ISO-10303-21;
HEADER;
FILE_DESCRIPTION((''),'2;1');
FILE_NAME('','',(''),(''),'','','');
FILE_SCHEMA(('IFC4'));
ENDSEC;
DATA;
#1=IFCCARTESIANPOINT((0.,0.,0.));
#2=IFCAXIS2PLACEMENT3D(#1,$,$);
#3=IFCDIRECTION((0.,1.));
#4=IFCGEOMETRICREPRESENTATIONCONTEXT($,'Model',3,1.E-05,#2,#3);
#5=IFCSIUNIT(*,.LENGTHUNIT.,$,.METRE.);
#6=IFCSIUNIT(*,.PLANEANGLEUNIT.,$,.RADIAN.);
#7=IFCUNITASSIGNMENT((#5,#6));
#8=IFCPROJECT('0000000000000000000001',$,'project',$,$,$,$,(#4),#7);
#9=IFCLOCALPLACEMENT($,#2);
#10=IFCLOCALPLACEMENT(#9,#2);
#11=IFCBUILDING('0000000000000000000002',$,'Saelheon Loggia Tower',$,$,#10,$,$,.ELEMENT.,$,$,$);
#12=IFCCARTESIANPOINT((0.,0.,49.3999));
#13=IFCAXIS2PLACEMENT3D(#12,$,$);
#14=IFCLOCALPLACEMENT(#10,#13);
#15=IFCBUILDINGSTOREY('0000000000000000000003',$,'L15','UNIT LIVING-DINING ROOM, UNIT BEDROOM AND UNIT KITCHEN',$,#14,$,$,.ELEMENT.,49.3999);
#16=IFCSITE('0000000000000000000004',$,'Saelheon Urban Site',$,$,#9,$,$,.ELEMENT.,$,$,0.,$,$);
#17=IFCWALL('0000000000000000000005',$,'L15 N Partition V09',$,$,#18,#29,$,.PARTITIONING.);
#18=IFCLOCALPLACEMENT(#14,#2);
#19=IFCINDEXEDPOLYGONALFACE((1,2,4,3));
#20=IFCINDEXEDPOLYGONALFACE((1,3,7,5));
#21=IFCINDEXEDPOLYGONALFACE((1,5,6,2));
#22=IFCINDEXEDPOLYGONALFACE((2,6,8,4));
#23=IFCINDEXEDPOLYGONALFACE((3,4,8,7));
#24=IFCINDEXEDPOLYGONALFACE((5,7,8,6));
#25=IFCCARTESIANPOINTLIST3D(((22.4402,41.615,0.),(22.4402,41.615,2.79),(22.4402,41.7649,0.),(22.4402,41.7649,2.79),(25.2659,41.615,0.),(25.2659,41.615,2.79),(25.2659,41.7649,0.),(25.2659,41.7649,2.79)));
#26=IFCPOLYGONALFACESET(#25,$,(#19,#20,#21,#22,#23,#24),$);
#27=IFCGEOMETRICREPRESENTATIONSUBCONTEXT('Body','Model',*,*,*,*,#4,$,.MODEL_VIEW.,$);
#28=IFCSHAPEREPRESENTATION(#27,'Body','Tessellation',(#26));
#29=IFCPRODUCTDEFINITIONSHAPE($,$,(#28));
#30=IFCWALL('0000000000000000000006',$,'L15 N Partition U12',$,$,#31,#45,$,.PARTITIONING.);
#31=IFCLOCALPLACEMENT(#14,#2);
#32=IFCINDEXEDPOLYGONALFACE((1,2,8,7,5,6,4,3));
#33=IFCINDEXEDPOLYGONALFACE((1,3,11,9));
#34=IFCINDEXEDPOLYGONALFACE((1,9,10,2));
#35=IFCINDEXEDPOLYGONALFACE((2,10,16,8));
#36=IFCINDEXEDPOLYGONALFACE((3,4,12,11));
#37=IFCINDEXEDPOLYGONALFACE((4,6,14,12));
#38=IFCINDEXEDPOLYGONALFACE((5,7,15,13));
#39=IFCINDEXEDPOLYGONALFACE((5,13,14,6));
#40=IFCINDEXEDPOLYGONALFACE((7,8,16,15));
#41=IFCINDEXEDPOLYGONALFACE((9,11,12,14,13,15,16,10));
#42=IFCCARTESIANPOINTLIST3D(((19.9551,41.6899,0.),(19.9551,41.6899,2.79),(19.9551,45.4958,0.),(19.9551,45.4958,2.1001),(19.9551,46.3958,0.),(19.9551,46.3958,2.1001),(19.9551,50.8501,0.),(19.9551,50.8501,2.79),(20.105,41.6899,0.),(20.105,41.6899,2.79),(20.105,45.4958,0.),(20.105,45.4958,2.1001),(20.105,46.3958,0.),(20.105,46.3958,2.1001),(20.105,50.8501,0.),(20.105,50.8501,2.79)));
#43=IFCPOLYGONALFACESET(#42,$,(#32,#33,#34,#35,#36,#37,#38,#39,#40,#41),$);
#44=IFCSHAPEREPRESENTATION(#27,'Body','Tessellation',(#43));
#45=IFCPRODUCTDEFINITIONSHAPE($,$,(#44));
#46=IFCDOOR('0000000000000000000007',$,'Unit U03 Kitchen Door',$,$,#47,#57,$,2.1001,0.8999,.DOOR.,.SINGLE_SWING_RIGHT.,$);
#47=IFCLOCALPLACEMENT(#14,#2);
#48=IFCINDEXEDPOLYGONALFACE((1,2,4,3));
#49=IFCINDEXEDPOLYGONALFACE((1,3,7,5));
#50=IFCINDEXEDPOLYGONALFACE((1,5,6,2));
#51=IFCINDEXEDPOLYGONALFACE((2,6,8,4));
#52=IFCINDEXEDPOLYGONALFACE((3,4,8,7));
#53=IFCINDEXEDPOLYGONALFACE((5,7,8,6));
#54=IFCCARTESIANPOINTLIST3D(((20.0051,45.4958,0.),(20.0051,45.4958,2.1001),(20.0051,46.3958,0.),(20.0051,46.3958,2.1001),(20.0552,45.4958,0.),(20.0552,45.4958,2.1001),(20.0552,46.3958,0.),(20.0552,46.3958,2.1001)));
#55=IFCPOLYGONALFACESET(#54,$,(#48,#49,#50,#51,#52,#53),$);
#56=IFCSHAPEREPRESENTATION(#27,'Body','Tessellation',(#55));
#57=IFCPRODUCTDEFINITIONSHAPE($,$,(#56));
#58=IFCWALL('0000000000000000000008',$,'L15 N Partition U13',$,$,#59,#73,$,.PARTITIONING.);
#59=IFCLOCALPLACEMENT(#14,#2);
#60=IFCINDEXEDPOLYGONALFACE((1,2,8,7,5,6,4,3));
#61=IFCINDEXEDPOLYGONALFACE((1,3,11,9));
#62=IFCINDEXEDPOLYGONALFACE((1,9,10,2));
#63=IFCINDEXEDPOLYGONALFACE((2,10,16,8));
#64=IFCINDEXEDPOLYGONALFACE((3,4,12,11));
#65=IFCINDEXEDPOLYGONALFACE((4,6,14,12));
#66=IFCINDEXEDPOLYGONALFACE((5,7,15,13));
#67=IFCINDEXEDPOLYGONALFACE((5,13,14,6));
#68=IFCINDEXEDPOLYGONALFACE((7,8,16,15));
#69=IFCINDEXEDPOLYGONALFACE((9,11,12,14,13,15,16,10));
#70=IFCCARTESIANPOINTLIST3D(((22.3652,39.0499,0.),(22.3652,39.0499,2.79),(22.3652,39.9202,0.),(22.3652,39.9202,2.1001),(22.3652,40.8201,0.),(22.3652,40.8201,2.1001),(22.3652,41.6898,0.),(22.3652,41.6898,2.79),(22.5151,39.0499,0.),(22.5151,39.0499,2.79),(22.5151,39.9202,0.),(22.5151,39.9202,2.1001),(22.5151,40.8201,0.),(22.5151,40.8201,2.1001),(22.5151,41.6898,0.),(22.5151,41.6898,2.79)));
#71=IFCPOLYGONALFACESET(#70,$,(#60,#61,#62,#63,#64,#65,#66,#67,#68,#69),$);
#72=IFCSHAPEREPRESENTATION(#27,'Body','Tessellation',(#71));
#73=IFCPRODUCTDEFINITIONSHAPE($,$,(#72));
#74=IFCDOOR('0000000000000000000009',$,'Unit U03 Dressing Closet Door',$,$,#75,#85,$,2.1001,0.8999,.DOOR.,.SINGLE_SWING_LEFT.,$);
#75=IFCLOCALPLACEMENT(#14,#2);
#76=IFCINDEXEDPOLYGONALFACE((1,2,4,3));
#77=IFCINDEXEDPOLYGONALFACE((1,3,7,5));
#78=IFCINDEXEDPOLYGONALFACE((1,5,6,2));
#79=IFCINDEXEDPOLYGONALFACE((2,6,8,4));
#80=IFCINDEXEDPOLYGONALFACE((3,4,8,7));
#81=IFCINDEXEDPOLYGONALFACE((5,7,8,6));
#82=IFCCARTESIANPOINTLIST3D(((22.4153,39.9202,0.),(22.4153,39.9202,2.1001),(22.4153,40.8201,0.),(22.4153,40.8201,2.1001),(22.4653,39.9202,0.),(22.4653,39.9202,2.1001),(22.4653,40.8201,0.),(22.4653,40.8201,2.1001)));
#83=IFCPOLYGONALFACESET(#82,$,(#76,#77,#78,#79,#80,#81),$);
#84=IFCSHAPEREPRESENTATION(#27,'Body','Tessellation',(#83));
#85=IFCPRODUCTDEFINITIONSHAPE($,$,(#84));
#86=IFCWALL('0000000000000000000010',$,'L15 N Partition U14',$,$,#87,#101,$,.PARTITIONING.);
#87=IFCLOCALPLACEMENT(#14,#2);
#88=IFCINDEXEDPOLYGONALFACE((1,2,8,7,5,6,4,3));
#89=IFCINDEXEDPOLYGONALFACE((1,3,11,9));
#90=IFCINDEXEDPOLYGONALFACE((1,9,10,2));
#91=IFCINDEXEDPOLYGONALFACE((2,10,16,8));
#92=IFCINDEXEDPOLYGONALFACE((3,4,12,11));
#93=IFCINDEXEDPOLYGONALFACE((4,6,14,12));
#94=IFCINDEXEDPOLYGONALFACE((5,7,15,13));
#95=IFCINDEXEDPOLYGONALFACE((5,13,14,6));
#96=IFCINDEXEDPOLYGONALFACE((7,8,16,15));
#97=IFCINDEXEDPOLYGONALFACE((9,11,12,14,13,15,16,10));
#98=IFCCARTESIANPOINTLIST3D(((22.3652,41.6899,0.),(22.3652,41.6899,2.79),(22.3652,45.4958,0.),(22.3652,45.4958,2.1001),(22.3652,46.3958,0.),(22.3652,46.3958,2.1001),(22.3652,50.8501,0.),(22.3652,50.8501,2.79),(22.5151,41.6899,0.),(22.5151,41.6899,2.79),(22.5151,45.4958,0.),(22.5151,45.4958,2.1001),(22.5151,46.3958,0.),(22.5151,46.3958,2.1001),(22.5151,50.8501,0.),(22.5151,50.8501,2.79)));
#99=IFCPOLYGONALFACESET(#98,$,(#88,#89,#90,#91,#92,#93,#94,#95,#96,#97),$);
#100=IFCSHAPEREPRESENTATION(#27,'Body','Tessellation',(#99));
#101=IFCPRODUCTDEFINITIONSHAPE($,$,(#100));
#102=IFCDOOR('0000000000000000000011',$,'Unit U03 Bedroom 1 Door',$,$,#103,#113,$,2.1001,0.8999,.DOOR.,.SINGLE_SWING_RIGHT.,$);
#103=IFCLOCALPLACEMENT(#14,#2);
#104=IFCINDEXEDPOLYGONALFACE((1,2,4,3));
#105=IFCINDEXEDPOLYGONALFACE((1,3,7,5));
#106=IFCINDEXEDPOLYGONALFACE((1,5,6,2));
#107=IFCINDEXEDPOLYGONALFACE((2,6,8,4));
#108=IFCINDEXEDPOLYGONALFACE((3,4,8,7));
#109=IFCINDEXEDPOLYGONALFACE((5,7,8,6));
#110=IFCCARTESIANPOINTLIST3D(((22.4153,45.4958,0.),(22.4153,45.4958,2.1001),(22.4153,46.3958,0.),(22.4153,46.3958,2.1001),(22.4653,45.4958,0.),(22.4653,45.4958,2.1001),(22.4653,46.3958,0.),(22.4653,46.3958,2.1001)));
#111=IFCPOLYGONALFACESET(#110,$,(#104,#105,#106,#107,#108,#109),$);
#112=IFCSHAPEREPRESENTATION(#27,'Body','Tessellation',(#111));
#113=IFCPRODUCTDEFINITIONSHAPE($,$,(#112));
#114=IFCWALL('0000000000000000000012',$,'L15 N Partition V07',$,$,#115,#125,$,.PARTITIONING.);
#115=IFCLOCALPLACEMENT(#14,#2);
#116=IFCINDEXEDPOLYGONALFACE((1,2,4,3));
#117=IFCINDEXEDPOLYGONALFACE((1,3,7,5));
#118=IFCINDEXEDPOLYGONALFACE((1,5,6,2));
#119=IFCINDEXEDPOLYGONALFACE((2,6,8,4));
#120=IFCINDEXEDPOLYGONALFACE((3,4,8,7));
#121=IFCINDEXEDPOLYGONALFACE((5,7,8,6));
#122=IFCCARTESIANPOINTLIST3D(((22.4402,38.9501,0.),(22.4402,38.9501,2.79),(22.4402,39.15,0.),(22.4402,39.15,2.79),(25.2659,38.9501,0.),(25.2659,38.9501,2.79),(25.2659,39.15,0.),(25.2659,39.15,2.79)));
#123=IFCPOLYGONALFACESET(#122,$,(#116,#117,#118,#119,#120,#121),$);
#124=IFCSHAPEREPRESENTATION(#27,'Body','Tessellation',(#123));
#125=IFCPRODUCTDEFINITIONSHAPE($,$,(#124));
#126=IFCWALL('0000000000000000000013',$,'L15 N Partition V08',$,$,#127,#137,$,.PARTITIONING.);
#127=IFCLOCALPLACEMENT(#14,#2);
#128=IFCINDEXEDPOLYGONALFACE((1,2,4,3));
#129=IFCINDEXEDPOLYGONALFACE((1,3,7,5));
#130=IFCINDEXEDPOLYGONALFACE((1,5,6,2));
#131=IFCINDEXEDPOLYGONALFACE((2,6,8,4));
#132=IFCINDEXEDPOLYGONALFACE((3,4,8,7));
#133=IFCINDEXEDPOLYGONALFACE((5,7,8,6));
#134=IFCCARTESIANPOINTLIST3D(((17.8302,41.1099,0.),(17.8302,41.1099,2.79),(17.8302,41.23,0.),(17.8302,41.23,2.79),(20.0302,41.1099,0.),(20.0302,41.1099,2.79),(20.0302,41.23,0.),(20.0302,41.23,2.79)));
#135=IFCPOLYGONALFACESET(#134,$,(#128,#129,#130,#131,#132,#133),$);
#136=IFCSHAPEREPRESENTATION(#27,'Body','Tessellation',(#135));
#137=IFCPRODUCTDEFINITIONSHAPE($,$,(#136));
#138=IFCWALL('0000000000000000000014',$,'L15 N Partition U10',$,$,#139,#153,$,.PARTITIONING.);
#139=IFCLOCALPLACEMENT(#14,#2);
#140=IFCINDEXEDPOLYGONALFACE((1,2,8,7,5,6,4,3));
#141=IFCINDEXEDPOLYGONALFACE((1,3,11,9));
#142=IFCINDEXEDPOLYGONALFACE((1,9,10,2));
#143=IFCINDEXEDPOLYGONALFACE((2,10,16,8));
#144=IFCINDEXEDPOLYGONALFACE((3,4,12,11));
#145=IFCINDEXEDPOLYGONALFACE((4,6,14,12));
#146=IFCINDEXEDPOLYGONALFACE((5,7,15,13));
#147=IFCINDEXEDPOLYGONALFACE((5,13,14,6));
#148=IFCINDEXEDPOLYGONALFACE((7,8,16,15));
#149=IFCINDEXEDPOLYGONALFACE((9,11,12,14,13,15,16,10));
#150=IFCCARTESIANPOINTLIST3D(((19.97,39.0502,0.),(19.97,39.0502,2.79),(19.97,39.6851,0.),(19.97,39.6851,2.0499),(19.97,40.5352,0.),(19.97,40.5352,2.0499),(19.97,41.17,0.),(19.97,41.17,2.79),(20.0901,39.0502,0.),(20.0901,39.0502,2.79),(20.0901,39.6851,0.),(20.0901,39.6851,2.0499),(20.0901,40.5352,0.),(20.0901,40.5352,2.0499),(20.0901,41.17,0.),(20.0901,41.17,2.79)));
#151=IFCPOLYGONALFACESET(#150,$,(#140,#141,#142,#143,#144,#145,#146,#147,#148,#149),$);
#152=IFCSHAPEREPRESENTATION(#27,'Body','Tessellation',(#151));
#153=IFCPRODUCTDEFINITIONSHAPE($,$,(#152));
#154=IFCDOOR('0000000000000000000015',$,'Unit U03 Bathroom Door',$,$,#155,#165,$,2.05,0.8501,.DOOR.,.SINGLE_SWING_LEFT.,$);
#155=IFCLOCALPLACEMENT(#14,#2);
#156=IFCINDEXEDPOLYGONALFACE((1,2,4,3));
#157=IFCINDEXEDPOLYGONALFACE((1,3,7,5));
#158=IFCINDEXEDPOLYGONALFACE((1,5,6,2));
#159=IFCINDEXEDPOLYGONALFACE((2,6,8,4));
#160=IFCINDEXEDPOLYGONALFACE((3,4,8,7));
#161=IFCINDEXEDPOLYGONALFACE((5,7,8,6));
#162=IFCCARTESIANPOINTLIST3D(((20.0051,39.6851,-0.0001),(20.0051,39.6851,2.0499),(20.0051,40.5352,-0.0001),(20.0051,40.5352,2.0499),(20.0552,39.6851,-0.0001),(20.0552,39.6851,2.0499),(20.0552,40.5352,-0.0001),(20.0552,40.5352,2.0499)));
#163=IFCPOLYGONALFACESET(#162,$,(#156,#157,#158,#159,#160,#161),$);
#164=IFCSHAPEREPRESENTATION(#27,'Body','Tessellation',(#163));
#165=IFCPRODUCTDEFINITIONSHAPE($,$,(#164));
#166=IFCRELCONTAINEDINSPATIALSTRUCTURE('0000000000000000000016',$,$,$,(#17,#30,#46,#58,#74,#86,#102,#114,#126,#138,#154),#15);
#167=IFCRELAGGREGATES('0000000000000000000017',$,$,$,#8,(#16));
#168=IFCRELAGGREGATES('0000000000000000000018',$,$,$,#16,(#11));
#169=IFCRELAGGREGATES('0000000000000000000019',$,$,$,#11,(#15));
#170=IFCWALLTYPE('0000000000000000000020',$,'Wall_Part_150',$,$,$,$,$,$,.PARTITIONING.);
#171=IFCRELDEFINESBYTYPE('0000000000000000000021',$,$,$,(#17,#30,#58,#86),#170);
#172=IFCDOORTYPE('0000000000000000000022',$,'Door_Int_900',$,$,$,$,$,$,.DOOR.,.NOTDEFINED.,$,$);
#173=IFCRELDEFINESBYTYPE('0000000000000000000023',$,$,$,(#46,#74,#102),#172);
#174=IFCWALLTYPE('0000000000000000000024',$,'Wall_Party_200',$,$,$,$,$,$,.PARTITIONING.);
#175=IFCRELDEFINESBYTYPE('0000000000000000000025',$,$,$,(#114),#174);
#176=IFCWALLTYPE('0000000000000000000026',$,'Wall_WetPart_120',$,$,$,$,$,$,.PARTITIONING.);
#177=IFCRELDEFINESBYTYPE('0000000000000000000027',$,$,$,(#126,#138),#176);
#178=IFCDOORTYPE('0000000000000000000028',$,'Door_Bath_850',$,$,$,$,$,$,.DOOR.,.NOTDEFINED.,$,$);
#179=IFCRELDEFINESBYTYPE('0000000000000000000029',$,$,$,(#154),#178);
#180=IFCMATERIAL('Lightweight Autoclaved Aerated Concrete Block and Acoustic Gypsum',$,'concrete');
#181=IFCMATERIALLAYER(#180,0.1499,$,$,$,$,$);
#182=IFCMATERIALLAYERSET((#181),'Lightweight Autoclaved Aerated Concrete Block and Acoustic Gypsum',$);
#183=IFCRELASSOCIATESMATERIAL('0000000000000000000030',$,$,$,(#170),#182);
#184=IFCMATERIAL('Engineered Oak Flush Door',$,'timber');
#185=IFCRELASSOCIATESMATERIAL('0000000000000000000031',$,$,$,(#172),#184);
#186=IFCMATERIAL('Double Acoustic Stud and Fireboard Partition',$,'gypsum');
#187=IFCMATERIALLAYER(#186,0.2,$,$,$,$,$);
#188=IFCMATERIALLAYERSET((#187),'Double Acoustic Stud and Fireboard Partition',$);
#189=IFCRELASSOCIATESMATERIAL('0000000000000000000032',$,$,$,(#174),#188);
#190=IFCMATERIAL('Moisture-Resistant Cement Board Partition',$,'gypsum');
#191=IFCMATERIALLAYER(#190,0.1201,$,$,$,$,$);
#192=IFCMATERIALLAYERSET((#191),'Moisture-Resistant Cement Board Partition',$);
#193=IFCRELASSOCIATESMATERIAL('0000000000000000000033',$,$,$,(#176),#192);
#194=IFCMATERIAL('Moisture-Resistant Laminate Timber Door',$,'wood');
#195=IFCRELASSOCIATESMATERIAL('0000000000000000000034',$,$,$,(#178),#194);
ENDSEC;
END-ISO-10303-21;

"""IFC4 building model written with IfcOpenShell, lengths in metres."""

from ifc_helpers import new_model, si_unit, direction, frame, frame_2d, origin, place, context, subcontext, project, spatial, rectangle, extrude, source, transform, mapped, material, layer, layer_set, type_object, element, fill, save


model = new_model("IFC4")

# Units and contexts
model_context = context("Model", 3, precision=1e-05, world=origin(), true_north=direction((0.0, 1.0)))
body_context = subcontext(model_context, "Body", "Model", "MODEL_VIEW")
ifc_project = project(units=[si_unit("LENGTHUNIT", "METRE"), si_unit("PLANEANGLEUNIT", "RADIAN")], contexts=[model_context])

# Site, building, storey
site_placement = place(None, origin())
site = spatial("IfcSite", under=ifc_project, at=site_placement, Name="Saelheon Urban Site", CompositionType="ELEMENT", RefElevation=0.0)
building_placement = place(site_placement, origin())
building = spatial("IfcBuilding", under=site, at=building_placement, Name="Saelheon Loggia Tower", CompositionType="ELEMENT")
storey_placement = place(building_placement, frame((0.0, 0.0, 49.3999)))
storey = spatial("IfcBuildingStorey", under=building, at=storey_placement, Name="L15", Description="UNIT LIVING-DINING ROOM, UNIT BEDROOM AND UNIT KITCHEN", CompositionType="ELEMENT", Elevation=49.3999)

# Wall
ifc_material_1 = material(Name="Lightweight Autoclaved Aerated Concrete Block and Acoustic Gypsum", Category="concrete")
ifc_layer_1 = layer(ifc_material_1, 0.1499)
ifc_layer_set_1 = layer_set([ifc_layer_1], Name="Lightweight Autoclaved Aerated Concrete Block and Acoustic Gypsum")
wall_type_1 = type_object("IfcWallType", Name="Wall_Part_150", PredefinedType="PARTITIONING", material=ifc_layer_set_1)
wall_1_placement = place(storey_placement, frame((22.4402, 41.6899, 0.0), z_axis=(0.0, 0.0, 1.0), x_axis=(1.0, 0.0, 0.0)))
element("IfcWall", 1, at=wall_1_placement, inside=storey, type_object=wall_type_1, Name="L15 N Partition V09", PredefinedType="PARTITIONING", context=body_context, shape_type="SweptSolid", body=[
    extrude(rectangle(XDim=2.8257, YDim=0.1499, at=frame_2d((1.4128, 0.0))), origin(), (0.0, 0.0, 1.0), 2.79),
])

# Walls, openings, doors
wall_2_placement = place(storey_placement, frame((20.03, 41.6899, 0.0), z_axis=(0.0, 0.0, 1.0), x_axis=(0.0, 1.0, 0.0)))
wall_2 = element("IfcWall", 2, at=wall_2_placement, inside=storey, type_object=wall_type_1, Name="L15 N Partition U12", PredefinedType="PARTITIONING", context=body_context, shape_type="SweptSolid", body=[
    extrude(rectangle(XDim=9.1602, YDim=0.1499, at=frame_2d((4.5801, 0.0))), origin(), (0.0, 0.0, 1.0), 2.79),
])
opening_1_placement = place(wall_2_placement, frame((3.8059, 0.0, 0.0)))
opening_1 = element("IfcOpeningElement", 3, at=opening_1_placement, cuts=wall_2, PredefinedType="OPENING", context=body_context, shape_type="SweptSolid", body=[
    extrude(rectangle(XDim=0.8999, YDim=2.1001, at=frame_2d((0.45, 1.05))), frame((0.0, 0.0869, 0.0), z_axis=(0.0, -1.0, 0.0), x_axis=(1.0, 0.0, 0.0)), (0.0, 0.0, 1.0), 0.1738),
])
ifc_material_2 = material(Name="Engineered Oak Flush Door", Category="timber")
door_type_1 = type_object("IfcDoorType", Name="Door_Int_900", OperationType="NOTDEFINED", PredefinedType="DOOR", material=ifc_material_2)
shared_shape_1 = source(origin(), body_context, "Body", "SweptSolid", [
    extrude(rectangle(XDim=0.8999, YDim=2.1001, at=frame_2d((0.45, 1.05))), frame((0.0, 0.0249, 0.0), z_axis=(0.0, -1.0, 0.0), x_axis=(1.0, 0.0, 0.0)), (0.0, 0.0, 1.0), 0.05),
])
door_1_placement = place(opening_1_placement, origin())
door_1 = element("IfcDoor", 4, at=door_1_placement, inside=storey, type_object=door_type_1, Name="Unit U03 Kitchen Door", OperationType="SINGLE_SWING_RIGHT", OverallHeight=2.1001, OverallWidth=0.8999, PredefinedType="DOOR", context=body_context, shape_type="MappedRepresentation", body=[
    mapped(shared_shape_1, transform((0.0, 0.0, 0.0), scale=1.0)),
])
fill(opening_1, door_1)
wall_3_placement = place(storey_placement, frame((22.4402, 39.05, 0.0), z_axis=(0.0, 0.0, 1.0), x_axis=(0.0, 1.0, 0.0)))
wall_3 = element("IfcWall", 5, at=wall_3_placement, inside=storey, type_object=wall_type_1, Name="L15 N Partition U13", PredefinedType="PARTITIONING", context=body_context, shape_type="SweptSolid", body=[
    extrude(rectangle(XDim=2.6399, YDim=0.1499, at=frame_2d((1.3198, 0.0))), origin(), (0.0, 0.0, 1.0), 2.79),
])
opening_2_placement = place(wall_3_placement, frame((0.8701, 0.0, 0.0)))
opening_2 = element("IfcOpeningElement", 6, at=opening_2_placement, cuts=wall_3, PredefinedType="OPENING", context=body_context, shape_type="SweptSolid", body=[
    extrude(rectangle(XDim=0.8999, YDim=2.1001, at=frame_2d((0.45, 1.05))), frame((0.0, 0.0869, 0.0), z_axis=(0.0, -1.0, 0.0), x_axis=(1.0, 0.0, 0.0)), (0.0, 0.0, 1.0), 0.1738),
])
door_2_placement = place(opening_2_placement, origin())
door_2 = element("IfcDoor", 7, at=door_2_placement, inside=storey, type_object=door_type_1, Name="Unit U03 Dressing Closet Door", OperationType="SINGLE_SWING_LEFT", OverallHeight=2.1001, OverallWidth=0.8999, PredefinedType="DOOR", context=body_context, shape_type="MappedRepresentation", body=[
    mapped(shared_shape_1, transform((0.0, 0.0, 0.0), scale=1.0)),
])
fill(opening_2, door_2)
wall_4_placement = place(storey_placement, frame((22.4402, 41.6899, 0.0), z_axis=(0.0, 0.0, 1.0), x_axis=(0.0, 1.0, 0.0)))
wall_4 = element("IfcWall", 8, at=wall_4_placement, inside=storey, type_object=wall_type_1, Name="L15 N Partition U14", PredefinedType="PARTITIONING", context=body_context, shape_type="SweptSolid", body=[
    extrude(rectangle(XDim=9.1602, YDim=0.1499, at=frame_2d((4.5801, 0.0))), origin(), (0.0, 0.0, 1.0), 2.79),
])
opening_3_placement = place(wall_4_placement, frame((3.8059, 0.0, 0.0)))
opening_3 = element("IfcOpeningElement", 9, at=opening_3_placement, cuts=wall_4, PredefinedType="OPENING", context=body_context, shape_type="SweptSolid", body=[
    extrude(rectangle(XDim=0.8999, YDim=2.1001, at=frame_2d((0.45, 1.05))), frame((0.0, 0.0869, 0.0), z_axis=(0.0, -1.0, 0.0), x_axis=(1.0, 0.0, 0.0)), (0.0, 0.0, 1.0), 0.1738),
])
door_3_placement = place(opening_3_placement, origin())
door_3 = element("IfcDoor", 10, at=door_3_placement, inside=storey, type_object=door_type_1, Name="Unit U03 Bedroom 1 Door", OperationType="SINGLE_SWING_RIGHT", OverallHeight=2.1001, OverallWidth=0.8999, PredefinedType="DOOR", context=body_context, shape_type="MappedRepresentation", body=[
    mapped(shared_shape_1, transform((0.0, 0.0, 0.0), scale=1.0)),
])
fill(opening_3, door_3)

# Walls
ifc_material_3 = material(Name="Double Acoustic Stud and Fireboard Partition", Category="gypsum")
ifc_layer_2 = layer(ifc_material_3, 0.2)
ifc_layer_set_2 = layer_set([ifc_layer_2], Name="Double Acoustic Stud and Fireboard Partition")
wall_type_2 = type_object("IfcWallType", Name="Wall_Party_200", PredefinedType="PARTITIONING", material=ifc_layer_set_2)
wall_5_placement = place(storey_placement, frame((22.4402, 39.05, 0.0), z_axis=(0.0, 0.0, 1.0), x_axis=(1.0, 0.0, 0.0)))
element("IfcWall", 11, at=wall_5_placement, inside=storey, type_object=wall_type_2, Name="L15 N Partition V07", PredefinedType="PARTITIONING", context=body_context, shape_type="SweptSolid", body=[
    extrude(rectangle(XDim=2.8257, YDim=0.2, at=frame_2d((1.4128, 0.0))), origin(), (0.0, 0.0, 1.0), 2.79),
])
ifc_material_4 = material(Name="Moisture-Resistant Cement Board Partition", Category="gypsum")
ifc_layer_3 = layer(ifc_material_4, 0.1201)
ifc_layer_set_3 = layer_set([ifc_layer_3], Name="Moisture-Resistant Cement Board Partition")
wall_type_3 = type_object("IfcWallType", Name="Wall_WetPart_120", PredefinedType="PARTITIONING", material=ifc_layer_set_3)
wall_6_placement = place(storey_placement, frame((17.8301, 41.1699, 0.0), z_axis=(0.0, 0.0, 1.0), x_axis=(1.0, 0.0, 0.0)))
element("IfcWall", 12, at=wall_6_placement, inside=storey, type_object=wall_type_3, Name="L15 N Partition V08", PredefinedType="PARTITIONING", context=body_context, shape_type="SweptSolid", body=[
    extrude(rectangle(XDim=2.2, YDim=0.1201, at=frame_2d((1.1001, 0.0))), origin(), (0.0, 0.0, 1.0), 2.79),
])

# Wall, opening, door
wall_7_placement = place(storey_placement, frame((20.03, 39.05, 0.0), z_axis=(0.0, 0.0, 1.0), x_axis=(0.0, 1.0, 0.0)))
wall_7 = element("IfcWall", 13, at=wall_7_placement, inside=storey, type_object=wall_type_3, Name="L15 N Partition U10", PredefinedType="PARTITIONING", context=body_context, shape_type="SweptSolid", body=[
    extrude(rectangle(XDim=2.1199, YDim=0.1201, at=frame_2d((1.0601, 0.0))), origin(), (0.0, 0.0, 1.0), 2.79),
])
opening_4_placement = place(wall_7_placement, frame((0.635, 0.0, 0.0)))
opening_4 = element("IfcOpeningElement", 14, at=opening_4_placement, cuts=wall_7, PredefinedType="OPENING", context=body_context, shape_type="SweptSolid", body=[
    extrude(rectangle(XDim=0.8501, YDim=2.05, at=frame_2d((0.425, 1.0249))), frame((0.0, 0.072, 0.0), z_axis=(0.0, -1.0, 0.0), x_axis=(1.0, 0.0, 0.0)), (0.0, 0.0, 1.0), 0.144),
])
ifc_material_5 = material(Name="Moisture-Resistant Laminate Timber Door", Category="wood")
door_type_2 = type_object("IfcDoorType", Name="Door_Bath_850", OperationType="NOTDEFINED", PredefinedType="DOOR", material=ifc_material_5)
shared_shape_2 = source(origin(), body_context, "Body", "SweptSolid", [
    extrude(rectangle(XDim=0.8501, YDim=2.05, at=frame_2d((0.425, 1.0249))), frame((0.0, 0.0249, 0.0), z_axis=(0.0, -1.0, 0.0), x_axis=(1.0, 0.0, 0.0)), (0.0, 0.0, 1.0), 0.05),
])
door_4_placement = place(opening_4_placement, origin())
door_4 = element("IfcDoor", 15, at=door_4_placement, inside=storey, type_object=door_type_2, Name="Unit U03 Bathroom Door", OperationType="SINGLE_SWING_LEFT", OverallHeight=2.05, OverallWidth=0.8501, PredefinedType="DOOR", context=body_context, shape_type="MappedRepresentation", body=[
    mapped(shared_shape_2, transform((0.0, 0.0, 0.0), scale=1.0)),
])
fill(opening_4, door_4)

save(model, "model.ifc")
